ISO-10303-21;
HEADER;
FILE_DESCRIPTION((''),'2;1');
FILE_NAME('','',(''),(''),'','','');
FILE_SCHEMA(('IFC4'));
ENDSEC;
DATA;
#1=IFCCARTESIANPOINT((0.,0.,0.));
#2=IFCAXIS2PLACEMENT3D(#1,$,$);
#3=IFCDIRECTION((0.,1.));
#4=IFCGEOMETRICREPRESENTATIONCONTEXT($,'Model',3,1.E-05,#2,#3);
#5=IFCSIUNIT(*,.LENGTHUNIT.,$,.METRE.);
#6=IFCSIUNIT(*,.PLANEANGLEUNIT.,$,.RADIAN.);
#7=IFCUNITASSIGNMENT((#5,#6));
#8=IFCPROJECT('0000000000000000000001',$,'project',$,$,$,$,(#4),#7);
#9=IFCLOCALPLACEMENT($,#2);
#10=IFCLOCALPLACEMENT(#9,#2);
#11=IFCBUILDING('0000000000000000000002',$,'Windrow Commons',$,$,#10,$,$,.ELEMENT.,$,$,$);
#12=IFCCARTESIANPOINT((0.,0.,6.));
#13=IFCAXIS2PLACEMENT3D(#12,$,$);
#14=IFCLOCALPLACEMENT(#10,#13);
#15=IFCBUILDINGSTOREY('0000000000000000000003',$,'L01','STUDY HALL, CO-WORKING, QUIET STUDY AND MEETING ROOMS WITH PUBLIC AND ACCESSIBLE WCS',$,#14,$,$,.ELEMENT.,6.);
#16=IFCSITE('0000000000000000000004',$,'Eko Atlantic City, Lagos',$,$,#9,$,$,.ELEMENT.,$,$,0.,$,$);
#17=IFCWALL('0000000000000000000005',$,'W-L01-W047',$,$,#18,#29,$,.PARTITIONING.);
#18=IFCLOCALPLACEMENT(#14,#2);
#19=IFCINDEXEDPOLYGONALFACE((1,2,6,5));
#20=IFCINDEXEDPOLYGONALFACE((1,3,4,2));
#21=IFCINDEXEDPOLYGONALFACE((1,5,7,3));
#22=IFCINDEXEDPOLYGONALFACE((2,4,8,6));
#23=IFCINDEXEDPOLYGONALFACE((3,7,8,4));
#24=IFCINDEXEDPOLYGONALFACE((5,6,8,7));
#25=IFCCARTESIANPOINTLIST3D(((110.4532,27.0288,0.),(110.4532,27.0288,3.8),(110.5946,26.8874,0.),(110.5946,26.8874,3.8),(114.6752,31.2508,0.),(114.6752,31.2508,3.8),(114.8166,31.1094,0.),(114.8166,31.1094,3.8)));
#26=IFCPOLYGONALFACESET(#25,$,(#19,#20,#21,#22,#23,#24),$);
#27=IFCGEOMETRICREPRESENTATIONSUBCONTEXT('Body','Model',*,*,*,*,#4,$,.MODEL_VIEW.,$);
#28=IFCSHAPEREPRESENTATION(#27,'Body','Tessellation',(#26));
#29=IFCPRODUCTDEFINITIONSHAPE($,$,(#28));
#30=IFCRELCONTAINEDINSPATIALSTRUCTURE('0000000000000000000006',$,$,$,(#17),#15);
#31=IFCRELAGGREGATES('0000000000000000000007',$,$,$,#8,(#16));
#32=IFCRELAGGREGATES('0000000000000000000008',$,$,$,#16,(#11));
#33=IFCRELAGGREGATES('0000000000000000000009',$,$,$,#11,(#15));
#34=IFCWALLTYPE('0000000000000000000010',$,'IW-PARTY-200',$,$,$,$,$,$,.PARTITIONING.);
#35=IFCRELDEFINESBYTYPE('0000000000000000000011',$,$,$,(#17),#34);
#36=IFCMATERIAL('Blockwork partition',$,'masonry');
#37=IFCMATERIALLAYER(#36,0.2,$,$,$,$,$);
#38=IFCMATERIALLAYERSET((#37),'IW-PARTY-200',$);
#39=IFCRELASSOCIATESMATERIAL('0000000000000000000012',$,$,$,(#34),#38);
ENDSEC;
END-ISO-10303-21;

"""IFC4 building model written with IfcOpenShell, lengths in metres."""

from ifc_helpers import new_model, si_unit, direction, frame, frame_2d, origin, place, context, subcontext, project, spatial, rectangle, extrude, material, layer, layer_set, type_object, element, save


model = new_model("IFC4")

# Units and contexts
model_context = context("Model", 3, precision=1e-05, world=origin(), true_north=direction((0.0, 1.0)))
body_context = subcontext(model_context, "Body", "Model", "MODEL_VIEW")
ifc_project = project(units=[si_unit("LENGTHUNIT", "METRE"), si_unit("PLANEANGLEUNIT", "RADIAN")], contexts=[model_context])

# Site, building, storey
site_placement = place(None, origin())
site = spatial("IfcSite", under=ifc_project, at=site_placement, Name="Eko Atlantic City, Lagos", CompositionType="ELEMENT", RefElevation=0.0)
building_placement = place(site_placement, origin())
building = spatial("IfcBuilding", under=site, at=building_placement, Name="Windrow Commons", CompositionType="ELEMENT")
storey_placement = place(building_placement, frame((0.0, 0.0, 6.0)))
storey = spatial("IfcBuildingStorey", under=building, at=storey_placement, Name="L01", Description="STUDY HALL, CO-WORKING, QUIET STUDY AND MEETING ROOMS WITH PUBLIC AND ACCESSIBLE WCS", CompositionType="ELEMENT", Elevation=6.0)

# Wall
ifc_material_1 = material(Name="Blockwork partition", Category="masonry")
ifc_layer_1 = layer(ifc_material_1, 0.2)
ifc_layer_set_1 = layer_set([ifc_layer_1], Name="IW-PARTY-200")
wall_type_1 = type_object("IfcWallType", Name="IW-PARTY-200", PredefinedType="PARTITIONING", material=ifc_layer_set_1)
wall_1_placement = place(storey_placement, frame((110.5239, 26.9581, 0.0), z_axis=(0.0, 0.0, 1.0), x_axis=(0.707107, 0.707107, 0.0)))
element("IfcWall", 1, at=wall_1_placement, inside=storey, type_object=wall_type_1, Name="W-L01-W047", PredefinedType="PARTITIONING", context=body_context, shape_type="SweptSolid", body=[
    extrude(rectangle(XDim=5.9708, YDim=0.2, at=frame_2d((2.9854, 0.0))), origin(), (0.0, 0.0, 1.0), 3.8),
])

save(model, "model.ifc")
